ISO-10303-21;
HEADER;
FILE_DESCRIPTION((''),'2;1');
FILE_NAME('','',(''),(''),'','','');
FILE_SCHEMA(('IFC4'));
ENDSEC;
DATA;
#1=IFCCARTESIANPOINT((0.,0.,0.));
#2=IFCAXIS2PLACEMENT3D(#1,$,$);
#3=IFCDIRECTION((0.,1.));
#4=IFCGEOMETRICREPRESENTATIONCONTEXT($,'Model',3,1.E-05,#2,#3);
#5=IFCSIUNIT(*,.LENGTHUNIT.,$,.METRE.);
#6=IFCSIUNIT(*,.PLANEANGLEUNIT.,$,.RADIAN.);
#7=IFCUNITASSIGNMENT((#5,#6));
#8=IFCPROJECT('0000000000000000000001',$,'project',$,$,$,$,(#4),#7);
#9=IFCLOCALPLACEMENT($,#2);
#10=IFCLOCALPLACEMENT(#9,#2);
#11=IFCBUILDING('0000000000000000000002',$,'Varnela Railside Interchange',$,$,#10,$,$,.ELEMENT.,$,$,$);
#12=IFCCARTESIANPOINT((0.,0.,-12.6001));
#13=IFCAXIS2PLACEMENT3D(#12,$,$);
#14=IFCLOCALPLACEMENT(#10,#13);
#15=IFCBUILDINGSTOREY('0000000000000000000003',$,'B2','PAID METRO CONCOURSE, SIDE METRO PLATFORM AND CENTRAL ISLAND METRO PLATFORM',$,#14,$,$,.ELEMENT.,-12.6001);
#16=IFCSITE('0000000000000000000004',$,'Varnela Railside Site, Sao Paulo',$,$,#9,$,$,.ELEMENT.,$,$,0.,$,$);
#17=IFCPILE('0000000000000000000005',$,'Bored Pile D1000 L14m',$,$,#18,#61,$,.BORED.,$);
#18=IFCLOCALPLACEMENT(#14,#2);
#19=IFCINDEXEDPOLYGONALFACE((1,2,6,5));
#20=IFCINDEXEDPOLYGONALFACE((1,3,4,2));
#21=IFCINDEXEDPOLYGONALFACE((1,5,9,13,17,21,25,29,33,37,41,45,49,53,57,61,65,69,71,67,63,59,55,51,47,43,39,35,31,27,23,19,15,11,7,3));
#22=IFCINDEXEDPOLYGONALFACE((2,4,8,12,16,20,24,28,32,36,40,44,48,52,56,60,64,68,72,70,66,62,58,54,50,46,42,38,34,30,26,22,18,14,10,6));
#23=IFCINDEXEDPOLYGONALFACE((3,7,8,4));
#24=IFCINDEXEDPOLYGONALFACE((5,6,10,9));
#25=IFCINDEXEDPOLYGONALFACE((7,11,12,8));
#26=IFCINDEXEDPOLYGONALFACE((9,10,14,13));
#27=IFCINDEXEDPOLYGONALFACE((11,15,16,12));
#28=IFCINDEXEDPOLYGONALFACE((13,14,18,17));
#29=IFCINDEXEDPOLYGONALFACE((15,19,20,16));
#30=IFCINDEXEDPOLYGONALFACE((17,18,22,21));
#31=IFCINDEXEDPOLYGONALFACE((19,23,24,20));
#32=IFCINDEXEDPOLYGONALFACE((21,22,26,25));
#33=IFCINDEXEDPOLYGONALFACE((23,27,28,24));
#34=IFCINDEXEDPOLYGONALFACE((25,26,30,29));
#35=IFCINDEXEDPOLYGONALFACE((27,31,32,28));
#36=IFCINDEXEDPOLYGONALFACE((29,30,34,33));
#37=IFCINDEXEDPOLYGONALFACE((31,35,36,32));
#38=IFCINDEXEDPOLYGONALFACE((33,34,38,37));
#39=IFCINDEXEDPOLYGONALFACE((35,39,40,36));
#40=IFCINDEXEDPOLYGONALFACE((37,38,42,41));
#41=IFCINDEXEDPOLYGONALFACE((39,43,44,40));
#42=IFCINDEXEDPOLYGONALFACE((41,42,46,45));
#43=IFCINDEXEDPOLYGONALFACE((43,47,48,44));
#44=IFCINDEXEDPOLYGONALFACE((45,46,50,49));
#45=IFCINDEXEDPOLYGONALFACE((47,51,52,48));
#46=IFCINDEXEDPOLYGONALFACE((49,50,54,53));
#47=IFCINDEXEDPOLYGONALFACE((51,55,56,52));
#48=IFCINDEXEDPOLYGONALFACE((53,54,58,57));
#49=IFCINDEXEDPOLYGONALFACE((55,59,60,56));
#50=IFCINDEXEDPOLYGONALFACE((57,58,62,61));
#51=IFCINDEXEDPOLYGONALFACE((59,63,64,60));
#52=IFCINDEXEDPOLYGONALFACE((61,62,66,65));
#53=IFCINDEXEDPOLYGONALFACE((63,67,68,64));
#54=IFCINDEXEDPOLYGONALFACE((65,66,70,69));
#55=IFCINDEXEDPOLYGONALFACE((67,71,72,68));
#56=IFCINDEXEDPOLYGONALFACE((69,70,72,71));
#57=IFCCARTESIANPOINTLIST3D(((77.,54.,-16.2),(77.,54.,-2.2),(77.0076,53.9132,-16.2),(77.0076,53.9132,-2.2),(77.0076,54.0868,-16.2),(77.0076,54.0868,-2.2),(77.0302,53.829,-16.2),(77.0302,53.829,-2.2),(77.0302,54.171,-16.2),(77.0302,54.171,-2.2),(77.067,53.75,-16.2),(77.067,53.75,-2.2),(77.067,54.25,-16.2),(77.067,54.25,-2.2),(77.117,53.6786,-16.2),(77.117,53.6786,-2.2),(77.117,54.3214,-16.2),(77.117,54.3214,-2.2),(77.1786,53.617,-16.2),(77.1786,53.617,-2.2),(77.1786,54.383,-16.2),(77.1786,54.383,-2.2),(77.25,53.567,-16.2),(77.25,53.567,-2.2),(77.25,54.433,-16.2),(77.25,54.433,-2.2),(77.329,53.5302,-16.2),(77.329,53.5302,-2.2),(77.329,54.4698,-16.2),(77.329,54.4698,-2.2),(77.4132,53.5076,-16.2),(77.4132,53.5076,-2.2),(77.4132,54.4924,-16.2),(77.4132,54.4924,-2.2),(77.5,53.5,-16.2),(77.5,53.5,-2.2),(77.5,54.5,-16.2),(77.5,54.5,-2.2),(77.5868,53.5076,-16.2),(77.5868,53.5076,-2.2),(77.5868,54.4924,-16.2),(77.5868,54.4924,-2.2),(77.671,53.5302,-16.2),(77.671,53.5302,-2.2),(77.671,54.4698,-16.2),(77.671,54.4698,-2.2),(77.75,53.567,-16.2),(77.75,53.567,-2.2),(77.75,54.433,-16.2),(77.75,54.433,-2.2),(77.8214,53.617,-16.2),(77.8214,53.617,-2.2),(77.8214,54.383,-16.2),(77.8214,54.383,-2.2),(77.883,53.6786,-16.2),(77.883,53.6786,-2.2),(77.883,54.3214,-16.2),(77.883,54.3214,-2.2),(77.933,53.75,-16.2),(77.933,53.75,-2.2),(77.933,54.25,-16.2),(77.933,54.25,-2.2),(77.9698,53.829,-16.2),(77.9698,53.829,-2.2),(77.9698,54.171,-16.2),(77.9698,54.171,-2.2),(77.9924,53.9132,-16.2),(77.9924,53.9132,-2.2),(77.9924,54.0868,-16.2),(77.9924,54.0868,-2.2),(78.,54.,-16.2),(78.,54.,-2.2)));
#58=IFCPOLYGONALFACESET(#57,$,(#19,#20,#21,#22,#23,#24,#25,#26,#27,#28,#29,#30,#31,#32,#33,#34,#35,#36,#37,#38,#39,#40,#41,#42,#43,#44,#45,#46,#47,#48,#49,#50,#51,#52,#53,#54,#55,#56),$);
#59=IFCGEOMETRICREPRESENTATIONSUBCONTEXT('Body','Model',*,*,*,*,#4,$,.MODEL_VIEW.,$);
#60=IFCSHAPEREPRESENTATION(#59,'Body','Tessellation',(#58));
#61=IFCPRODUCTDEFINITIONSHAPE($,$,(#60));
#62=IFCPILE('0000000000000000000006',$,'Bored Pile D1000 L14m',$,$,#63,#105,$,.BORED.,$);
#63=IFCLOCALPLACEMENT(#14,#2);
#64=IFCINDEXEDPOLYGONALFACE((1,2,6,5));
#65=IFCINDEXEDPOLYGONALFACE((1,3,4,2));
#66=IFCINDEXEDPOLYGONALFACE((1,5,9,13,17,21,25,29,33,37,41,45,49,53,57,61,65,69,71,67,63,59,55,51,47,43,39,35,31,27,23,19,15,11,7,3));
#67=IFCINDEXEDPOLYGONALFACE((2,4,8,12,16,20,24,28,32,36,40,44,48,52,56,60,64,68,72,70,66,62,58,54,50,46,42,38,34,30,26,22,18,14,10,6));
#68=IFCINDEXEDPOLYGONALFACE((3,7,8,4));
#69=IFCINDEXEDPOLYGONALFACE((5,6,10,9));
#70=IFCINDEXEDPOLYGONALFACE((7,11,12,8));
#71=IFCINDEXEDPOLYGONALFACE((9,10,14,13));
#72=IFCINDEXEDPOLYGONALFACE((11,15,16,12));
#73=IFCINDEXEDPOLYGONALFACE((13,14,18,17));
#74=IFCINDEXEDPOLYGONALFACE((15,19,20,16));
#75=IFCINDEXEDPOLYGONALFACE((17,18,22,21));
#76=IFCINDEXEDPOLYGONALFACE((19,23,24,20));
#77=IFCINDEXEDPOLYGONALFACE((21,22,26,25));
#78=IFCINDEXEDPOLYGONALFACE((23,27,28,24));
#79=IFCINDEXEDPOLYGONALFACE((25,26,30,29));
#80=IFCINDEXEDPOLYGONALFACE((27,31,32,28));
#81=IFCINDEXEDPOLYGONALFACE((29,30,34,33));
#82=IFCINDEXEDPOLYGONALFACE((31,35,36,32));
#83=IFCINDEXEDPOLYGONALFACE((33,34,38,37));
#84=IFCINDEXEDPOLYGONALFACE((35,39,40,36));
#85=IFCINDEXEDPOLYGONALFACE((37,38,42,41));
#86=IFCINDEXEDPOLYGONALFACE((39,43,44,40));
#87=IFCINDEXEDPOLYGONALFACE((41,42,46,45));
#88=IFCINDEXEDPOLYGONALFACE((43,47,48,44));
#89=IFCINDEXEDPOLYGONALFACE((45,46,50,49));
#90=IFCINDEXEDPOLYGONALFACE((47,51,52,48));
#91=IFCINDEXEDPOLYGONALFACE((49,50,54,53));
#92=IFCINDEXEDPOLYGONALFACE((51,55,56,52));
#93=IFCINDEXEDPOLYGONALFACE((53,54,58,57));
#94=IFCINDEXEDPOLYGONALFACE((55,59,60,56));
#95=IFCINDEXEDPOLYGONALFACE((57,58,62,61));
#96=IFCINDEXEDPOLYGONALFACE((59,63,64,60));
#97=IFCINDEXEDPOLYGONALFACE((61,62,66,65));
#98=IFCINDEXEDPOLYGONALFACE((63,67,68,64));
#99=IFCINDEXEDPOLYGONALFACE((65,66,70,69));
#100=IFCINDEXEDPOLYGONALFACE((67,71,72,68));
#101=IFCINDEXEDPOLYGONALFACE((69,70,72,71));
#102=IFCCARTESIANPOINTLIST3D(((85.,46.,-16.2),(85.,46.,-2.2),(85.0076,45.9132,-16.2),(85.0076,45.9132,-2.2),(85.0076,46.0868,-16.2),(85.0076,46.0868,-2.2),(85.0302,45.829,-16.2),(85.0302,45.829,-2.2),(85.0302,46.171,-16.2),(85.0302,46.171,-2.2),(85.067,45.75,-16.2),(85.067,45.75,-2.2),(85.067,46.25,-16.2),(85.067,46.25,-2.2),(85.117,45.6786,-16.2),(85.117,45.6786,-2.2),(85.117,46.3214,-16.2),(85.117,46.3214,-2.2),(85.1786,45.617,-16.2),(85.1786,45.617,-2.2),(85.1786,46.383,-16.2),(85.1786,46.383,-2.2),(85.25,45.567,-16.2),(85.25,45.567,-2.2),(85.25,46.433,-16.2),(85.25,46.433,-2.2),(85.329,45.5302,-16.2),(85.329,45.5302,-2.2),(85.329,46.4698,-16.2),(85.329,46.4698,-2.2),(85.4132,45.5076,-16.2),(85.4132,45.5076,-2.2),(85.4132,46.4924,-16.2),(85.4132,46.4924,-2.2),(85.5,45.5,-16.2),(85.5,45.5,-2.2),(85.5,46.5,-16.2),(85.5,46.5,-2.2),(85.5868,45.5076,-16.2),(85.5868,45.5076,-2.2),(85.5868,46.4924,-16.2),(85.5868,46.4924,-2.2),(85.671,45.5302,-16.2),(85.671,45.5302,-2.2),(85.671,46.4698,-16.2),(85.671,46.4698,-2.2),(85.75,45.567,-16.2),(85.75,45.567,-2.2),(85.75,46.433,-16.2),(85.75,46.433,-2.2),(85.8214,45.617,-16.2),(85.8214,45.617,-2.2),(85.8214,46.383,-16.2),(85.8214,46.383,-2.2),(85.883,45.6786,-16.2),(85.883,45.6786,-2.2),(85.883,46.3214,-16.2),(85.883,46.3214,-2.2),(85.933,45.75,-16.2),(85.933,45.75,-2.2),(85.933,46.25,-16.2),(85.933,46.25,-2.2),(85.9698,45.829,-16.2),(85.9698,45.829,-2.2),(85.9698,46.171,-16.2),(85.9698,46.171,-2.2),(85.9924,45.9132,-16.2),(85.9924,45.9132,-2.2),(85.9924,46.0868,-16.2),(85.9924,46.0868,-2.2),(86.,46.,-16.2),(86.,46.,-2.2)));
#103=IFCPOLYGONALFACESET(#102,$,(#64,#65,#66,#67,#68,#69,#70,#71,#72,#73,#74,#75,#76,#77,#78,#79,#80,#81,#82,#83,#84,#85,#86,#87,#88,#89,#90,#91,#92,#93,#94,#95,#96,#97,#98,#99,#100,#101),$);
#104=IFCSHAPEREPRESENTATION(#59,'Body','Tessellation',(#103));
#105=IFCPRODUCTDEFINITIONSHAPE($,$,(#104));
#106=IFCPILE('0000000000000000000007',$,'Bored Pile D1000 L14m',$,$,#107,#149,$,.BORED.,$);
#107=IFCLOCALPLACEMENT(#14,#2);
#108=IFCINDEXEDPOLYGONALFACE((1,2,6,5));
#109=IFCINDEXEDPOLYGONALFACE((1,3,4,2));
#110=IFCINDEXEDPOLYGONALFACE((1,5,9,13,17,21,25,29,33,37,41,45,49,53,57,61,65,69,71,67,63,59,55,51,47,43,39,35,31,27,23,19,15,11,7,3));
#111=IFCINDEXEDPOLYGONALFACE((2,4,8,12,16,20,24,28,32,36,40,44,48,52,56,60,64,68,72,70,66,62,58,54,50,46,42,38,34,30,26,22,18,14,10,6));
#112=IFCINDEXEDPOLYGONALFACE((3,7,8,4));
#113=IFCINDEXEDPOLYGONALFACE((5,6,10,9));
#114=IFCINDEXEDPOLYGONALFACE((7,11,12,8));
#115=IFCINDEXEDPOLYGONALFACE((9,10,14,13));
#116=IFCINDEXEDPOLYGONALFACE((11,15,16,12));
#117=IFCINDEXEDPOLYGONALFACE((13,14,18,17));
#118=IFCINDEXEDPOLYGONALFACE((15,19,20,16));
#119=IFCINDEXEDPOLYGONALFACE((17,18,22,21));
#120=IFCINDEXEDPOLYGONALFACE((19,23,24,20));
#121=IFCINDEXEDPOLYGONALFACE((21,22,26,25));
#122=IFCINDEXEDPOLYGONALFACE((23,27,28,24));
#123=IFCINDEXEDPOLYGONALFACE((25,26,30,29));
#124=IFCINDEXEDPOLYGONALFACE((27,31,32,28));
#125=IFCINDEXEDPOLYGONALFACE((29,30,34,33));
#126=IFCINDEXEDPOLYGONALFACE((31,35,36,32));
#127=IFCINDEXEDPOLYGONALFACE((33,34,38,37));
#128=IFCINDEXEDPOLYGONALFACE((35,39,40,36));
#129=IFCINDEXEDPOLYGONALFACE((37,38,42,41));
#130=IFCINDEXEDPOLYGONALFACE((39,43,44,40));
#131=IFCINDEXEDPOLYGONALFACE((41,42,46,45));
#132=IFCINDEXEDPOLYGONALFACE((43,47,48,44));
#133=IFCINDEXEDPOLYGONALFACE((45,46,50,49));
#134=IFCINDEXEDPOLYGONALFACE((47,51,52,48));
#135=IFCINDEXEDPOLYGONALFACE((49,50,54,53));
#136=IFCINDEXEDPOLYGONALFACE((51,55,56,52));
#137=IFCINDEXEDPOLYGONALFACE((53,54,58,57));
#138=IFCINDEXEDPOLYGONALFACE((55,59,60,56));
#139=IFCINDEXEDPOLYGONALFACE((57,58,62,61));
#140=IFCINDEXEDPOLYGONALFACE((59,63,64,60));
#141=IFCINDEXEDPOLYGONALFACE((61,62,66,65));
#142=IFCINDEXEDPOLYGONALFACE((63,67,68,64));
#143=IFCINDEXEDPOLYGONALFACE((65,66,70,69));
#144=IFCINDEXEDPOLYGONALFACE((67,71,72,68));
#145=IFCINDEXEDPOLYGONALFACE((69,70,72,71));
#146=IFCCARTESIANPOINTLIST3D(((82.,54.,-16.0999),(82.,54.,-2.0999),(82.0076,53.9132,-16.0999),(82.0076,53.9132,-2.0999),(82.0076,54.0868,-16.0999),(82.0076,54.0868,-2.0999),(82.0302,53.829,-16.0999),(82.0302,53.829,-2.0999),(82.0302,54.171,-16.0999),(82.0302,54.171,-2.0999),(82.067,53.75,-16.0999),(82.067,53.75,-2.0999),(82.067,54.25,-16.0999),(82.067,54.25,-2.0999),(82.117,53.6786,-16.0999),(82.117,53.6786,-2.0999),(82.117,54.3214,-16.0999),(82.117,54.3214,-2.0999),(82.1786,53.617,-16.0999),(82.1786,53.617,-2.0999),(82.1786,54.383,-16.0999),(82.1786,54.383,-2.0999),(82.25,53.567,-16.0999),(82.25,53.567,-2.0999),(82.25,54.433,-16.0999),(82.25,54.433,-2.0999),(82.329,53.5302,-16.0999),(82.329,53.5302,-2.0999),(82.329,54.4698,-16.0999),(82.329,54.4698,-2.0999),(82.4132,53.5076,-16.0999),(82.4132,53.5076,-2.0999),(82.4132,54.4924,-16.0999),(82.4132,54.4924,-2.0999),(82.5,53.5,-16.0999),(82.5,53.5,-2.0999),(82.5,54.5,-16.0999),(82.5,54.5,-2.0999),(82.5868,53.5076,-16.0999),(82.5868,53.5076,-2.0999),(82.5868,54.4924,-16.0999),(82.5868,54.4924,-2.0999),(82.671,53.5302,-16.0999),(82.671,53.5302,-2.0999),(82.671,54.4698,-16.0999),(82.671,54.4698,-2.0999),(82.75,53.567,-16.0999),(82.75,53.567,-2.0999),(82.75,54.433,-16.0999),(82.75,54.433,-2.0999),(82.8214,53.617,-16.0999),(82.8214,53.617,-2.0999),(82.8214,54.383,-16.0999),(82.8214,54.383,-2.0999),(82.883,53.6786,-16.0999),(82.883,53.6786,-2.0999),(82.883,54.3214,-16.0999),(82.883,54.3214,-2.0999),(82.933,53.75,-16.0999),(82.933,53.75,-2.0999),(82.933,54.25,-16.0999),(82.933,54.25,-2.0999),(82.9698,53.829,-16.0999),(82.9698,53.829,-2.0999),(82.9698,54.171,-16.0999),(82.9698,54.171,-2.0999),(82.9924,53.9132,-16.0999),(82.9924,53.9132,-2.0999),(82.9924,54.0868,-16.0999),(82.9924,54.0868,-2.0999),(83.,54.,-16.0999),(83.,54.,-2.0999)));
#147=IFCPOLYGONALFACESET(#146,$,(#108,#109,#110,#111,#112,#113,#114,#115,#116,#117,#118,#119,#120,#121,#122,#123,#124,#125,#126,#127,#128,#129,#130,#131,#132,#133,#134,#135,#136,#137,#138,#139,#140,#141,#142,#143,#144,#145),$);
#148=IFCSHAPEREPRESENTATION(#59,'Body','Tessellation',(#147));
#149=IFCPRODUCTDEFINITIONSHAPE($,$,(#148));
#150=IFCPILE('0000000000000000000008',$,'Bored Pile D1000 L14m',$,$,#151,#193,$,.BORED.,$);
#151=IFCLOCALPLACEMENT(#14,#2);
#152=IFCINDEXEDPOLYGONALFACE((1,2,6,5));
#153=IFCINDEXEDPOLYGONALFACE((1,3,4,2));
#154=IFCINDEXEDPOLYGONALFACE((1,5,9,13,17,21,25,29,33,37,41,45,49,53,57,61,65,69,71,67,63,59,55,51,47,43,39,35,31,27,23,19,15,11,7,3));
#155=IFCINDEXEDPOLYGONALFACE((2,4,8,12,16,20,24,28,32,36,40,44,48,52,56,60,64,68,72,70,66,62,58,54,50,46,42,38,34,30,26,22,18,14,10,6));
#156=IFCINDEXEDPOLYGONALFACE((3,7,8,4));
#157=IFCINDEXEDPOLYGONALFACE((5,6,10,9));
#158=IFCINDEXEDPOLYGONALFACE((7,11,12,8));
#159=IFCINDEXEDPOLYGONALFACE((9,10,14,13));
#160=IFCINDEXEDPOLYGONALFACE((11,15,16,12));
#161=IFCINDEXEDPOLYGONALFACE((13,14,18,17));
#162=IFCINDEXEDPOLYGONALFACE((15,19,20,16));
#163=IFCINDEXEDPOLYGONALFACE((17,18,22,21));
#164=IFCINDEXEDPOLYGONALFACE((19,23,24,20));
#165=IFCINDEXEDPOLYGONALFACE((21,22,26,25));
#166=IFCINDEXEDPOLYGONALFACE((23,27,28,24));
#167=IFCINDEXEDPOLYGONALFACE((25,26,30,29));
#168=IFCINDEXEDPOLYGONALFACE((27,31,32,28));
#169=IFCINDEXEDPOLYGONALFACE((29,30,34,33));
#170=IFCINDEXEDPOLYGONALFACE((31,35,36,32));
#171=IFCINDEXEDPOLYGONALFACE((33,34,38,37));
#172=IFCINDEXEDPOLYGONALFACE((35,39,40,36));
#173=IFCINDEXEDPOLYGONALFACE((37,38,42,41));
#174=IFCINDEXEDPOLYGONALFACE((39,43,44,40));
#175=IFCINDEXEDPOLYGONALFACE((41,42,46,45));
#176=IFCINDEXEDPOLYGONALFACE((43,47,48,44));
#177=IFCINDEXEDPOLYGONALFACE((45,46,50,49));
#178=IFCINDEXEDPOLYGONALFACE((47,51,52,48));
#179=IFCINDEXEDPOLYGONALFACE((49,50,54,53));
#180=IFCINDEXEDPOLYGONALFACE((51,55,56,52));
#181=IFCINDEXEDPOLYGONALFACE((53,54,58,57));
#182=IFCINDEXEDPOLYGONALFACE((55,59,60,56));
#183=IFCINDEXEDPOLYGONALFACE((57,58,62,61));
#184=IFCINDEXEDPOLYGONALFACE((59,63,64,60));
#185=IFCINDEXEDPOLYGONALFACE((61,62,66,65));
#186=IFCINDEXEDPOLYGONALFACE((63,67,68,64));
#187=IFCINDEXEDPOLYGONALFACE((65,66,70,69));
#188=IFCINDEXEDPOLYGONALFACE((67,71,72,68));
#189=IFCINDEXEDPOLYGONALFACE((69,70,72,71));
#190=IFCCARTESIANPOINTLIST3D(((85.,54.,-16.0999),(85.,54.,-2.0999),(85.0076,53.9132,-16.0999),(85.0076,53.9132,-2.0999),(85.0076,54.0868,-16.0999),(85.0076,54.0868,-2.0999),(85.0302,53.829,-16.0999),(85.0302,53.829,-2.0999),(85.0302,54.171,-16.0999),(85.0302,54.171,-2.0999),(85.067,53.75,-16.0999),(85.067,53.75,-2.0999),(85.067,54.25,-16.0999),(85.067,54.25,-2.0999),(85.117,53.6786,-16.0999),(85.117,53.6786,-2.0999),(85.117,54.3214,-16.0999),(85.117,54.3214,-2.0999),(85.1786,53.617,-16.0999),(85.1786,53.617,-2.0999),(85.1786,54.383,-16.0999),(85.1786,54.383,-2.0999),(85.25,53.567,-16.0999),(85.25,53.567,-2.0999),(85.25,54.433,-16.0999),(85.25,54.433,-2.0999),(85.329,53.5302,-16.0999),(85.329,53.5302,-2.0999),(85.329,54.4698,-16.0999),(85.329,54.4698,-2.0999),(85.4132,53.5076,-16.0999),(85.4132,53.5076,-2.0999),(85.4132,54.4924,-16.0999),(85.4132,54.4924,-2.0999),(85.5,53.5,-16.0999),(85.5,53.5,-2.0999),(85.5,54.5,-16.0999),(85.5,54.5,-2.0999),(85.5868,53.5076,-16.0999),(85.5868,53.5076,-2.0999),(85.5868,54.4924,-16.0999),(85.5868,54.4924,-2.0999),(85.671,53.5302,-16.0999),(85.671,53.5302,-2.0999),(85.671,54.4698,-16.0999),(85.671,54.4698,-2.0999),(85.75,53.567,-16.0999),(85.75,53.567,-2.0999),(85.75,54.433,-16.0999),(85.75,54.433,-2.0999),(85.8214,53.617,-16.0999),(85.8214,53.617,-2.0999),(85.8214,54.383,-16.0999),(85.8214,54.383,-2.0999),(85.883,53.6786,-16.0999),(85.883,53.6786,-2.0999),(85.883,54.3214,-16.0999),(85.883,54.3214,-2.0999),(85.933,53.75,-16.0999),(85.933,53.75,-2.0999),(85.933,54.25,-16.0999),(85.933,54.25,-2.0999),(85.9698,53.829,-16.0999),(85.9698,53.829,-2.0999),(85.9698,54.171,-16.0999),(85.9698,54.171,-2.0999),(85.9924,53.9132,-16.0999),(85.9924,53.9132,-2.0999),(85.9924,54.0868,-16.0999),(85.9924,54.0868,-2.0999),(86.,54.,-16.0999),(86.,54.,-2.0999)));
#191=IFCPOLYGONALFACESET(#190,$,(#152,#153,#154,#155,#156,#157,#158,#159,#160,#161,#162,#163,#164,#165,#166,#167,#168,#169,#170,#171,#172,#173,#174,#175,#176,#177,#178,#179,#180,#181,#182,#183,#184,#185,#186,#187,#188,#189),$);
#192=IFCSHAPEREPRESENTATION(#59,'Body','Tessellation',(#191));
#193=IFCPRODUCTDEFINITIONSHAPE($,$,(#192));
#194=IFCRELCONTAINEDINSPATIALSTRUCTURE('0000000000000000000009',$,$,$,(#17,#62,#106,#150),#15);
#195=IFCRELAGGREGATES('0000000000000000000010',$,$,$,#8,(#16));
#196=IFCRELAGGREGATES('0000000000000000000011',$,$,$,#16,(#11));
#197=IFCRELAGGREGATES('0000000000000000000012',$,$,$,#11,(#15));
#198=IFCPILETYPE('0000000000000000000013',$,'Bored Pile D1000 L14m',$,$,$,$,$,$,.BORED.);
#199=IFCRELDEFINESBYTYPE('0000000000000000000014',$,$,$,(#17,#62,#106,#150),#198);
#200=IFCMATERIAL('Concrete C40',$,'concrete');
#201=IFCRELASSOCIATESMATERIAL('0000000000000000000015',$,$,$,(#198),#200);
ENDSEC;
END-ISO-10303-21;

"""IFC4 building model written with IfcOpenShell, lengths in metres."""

from ifc_helpers import new_model, si_unit, direction, frame, origin, origin_2d, place, context, subcontext, project, spatial, circle, extrude, material, material_profile, profile_set, type_object, element, save


model = new_model("IFC4")

# Units and contexts
model_context = context("Model", 3, precision=1e-05, world=origin(), true_north=direction((0.0, 1.0)))
body_context = subcontext(model_context, "Body", "Model", "MODEL_VIEW")
ifc_project = project(units=[si_unit("LENGTHUNIT", "METRE"), si_unit("PLANEANGLEUNIT", "RADIAN")], contexts=[model_context])

# Site, building, storey
site_placement = place(None, origin())
site = spatial("IfcSite", under=ifc_project, at=site_placement, Name="Varnela Railside Site, Sao Paulo", CompositionType="ELEMENT", RefElevation=0.0)
building_placement = place(site_placement, origin())
building = spatial("IfcBuilding", under=site, at=building_placement, Name="Varnela Railside Interchange", CompositionType="ELEMENT")
storey_placement = place(building_placement, frame((0.0, 0.0, -12.6001)))
storey = spatial("IfcBuildingStorey", under=building, at=storey_placement, Name="B2", Description="PAID METRO CONCOURSE, SIDE METRO PLATFORM AND CENTRAL ISLAND METRO PLATFORM", CompositionType="ELEMENT", Elevation=-12.6001)

# Piles
ifc_material_1 = material(Name="Concrete C40", Category="concrete")
ifc_material_profile_1 = material_profile(ifc_material_1, circle(Radius=0.5, at=origin_2d()), Name="BORED PILE D1000")
ifc_profile_set_1 = profile_set([ifc_material_profile_1], Name="Concrete C40")
pile_type_1 = type_object("IfcPileType", Name="Bored Pile D1000 L14m", PredefinedType="BORED", material=ifc_profile_set_1)
for number, where, z_axis, x_axis, name in (
    (1, (77.5, 54.0, -2.2), (0.0, 0.0, -1.0), (1.0, 0.0, 0.0), "Bored Pile D1000 L14m"),
    (2, (85.5, 46.0, -2.2), (0.0, 0.0, -1.0), (1.0, 0.0, 0.0), "Bored Pile D1000 L14m"),
    (3, (82.5, 54.0, -2.0999), (0.0, 0.0, -1.0), (1.0, 0.0, 0.0), "Bored Pile D1000 L14m"),
    (4, (85.5, 54.0, -2.0999), (0.0, 0.0, -1.0), (1.0, 0.0, 0.0), "Bored Pile D1000 L14m"),
):
    element("IfcPile", number, at=place(storey_placement, frame(where, z_axis=z_axis, x_axis=x_axis)), inside=storey, type_object=pile_type_1, Name=name, PredefinedType="BORED", context=body_context, shape_type="SweptSolid", body=[
        extrude(circle(Radius=0.5, at=origin_2d()), origin(), (0.0, 0.0, 1.0), 14.0),
    ])

save(model, "model.ifc")
